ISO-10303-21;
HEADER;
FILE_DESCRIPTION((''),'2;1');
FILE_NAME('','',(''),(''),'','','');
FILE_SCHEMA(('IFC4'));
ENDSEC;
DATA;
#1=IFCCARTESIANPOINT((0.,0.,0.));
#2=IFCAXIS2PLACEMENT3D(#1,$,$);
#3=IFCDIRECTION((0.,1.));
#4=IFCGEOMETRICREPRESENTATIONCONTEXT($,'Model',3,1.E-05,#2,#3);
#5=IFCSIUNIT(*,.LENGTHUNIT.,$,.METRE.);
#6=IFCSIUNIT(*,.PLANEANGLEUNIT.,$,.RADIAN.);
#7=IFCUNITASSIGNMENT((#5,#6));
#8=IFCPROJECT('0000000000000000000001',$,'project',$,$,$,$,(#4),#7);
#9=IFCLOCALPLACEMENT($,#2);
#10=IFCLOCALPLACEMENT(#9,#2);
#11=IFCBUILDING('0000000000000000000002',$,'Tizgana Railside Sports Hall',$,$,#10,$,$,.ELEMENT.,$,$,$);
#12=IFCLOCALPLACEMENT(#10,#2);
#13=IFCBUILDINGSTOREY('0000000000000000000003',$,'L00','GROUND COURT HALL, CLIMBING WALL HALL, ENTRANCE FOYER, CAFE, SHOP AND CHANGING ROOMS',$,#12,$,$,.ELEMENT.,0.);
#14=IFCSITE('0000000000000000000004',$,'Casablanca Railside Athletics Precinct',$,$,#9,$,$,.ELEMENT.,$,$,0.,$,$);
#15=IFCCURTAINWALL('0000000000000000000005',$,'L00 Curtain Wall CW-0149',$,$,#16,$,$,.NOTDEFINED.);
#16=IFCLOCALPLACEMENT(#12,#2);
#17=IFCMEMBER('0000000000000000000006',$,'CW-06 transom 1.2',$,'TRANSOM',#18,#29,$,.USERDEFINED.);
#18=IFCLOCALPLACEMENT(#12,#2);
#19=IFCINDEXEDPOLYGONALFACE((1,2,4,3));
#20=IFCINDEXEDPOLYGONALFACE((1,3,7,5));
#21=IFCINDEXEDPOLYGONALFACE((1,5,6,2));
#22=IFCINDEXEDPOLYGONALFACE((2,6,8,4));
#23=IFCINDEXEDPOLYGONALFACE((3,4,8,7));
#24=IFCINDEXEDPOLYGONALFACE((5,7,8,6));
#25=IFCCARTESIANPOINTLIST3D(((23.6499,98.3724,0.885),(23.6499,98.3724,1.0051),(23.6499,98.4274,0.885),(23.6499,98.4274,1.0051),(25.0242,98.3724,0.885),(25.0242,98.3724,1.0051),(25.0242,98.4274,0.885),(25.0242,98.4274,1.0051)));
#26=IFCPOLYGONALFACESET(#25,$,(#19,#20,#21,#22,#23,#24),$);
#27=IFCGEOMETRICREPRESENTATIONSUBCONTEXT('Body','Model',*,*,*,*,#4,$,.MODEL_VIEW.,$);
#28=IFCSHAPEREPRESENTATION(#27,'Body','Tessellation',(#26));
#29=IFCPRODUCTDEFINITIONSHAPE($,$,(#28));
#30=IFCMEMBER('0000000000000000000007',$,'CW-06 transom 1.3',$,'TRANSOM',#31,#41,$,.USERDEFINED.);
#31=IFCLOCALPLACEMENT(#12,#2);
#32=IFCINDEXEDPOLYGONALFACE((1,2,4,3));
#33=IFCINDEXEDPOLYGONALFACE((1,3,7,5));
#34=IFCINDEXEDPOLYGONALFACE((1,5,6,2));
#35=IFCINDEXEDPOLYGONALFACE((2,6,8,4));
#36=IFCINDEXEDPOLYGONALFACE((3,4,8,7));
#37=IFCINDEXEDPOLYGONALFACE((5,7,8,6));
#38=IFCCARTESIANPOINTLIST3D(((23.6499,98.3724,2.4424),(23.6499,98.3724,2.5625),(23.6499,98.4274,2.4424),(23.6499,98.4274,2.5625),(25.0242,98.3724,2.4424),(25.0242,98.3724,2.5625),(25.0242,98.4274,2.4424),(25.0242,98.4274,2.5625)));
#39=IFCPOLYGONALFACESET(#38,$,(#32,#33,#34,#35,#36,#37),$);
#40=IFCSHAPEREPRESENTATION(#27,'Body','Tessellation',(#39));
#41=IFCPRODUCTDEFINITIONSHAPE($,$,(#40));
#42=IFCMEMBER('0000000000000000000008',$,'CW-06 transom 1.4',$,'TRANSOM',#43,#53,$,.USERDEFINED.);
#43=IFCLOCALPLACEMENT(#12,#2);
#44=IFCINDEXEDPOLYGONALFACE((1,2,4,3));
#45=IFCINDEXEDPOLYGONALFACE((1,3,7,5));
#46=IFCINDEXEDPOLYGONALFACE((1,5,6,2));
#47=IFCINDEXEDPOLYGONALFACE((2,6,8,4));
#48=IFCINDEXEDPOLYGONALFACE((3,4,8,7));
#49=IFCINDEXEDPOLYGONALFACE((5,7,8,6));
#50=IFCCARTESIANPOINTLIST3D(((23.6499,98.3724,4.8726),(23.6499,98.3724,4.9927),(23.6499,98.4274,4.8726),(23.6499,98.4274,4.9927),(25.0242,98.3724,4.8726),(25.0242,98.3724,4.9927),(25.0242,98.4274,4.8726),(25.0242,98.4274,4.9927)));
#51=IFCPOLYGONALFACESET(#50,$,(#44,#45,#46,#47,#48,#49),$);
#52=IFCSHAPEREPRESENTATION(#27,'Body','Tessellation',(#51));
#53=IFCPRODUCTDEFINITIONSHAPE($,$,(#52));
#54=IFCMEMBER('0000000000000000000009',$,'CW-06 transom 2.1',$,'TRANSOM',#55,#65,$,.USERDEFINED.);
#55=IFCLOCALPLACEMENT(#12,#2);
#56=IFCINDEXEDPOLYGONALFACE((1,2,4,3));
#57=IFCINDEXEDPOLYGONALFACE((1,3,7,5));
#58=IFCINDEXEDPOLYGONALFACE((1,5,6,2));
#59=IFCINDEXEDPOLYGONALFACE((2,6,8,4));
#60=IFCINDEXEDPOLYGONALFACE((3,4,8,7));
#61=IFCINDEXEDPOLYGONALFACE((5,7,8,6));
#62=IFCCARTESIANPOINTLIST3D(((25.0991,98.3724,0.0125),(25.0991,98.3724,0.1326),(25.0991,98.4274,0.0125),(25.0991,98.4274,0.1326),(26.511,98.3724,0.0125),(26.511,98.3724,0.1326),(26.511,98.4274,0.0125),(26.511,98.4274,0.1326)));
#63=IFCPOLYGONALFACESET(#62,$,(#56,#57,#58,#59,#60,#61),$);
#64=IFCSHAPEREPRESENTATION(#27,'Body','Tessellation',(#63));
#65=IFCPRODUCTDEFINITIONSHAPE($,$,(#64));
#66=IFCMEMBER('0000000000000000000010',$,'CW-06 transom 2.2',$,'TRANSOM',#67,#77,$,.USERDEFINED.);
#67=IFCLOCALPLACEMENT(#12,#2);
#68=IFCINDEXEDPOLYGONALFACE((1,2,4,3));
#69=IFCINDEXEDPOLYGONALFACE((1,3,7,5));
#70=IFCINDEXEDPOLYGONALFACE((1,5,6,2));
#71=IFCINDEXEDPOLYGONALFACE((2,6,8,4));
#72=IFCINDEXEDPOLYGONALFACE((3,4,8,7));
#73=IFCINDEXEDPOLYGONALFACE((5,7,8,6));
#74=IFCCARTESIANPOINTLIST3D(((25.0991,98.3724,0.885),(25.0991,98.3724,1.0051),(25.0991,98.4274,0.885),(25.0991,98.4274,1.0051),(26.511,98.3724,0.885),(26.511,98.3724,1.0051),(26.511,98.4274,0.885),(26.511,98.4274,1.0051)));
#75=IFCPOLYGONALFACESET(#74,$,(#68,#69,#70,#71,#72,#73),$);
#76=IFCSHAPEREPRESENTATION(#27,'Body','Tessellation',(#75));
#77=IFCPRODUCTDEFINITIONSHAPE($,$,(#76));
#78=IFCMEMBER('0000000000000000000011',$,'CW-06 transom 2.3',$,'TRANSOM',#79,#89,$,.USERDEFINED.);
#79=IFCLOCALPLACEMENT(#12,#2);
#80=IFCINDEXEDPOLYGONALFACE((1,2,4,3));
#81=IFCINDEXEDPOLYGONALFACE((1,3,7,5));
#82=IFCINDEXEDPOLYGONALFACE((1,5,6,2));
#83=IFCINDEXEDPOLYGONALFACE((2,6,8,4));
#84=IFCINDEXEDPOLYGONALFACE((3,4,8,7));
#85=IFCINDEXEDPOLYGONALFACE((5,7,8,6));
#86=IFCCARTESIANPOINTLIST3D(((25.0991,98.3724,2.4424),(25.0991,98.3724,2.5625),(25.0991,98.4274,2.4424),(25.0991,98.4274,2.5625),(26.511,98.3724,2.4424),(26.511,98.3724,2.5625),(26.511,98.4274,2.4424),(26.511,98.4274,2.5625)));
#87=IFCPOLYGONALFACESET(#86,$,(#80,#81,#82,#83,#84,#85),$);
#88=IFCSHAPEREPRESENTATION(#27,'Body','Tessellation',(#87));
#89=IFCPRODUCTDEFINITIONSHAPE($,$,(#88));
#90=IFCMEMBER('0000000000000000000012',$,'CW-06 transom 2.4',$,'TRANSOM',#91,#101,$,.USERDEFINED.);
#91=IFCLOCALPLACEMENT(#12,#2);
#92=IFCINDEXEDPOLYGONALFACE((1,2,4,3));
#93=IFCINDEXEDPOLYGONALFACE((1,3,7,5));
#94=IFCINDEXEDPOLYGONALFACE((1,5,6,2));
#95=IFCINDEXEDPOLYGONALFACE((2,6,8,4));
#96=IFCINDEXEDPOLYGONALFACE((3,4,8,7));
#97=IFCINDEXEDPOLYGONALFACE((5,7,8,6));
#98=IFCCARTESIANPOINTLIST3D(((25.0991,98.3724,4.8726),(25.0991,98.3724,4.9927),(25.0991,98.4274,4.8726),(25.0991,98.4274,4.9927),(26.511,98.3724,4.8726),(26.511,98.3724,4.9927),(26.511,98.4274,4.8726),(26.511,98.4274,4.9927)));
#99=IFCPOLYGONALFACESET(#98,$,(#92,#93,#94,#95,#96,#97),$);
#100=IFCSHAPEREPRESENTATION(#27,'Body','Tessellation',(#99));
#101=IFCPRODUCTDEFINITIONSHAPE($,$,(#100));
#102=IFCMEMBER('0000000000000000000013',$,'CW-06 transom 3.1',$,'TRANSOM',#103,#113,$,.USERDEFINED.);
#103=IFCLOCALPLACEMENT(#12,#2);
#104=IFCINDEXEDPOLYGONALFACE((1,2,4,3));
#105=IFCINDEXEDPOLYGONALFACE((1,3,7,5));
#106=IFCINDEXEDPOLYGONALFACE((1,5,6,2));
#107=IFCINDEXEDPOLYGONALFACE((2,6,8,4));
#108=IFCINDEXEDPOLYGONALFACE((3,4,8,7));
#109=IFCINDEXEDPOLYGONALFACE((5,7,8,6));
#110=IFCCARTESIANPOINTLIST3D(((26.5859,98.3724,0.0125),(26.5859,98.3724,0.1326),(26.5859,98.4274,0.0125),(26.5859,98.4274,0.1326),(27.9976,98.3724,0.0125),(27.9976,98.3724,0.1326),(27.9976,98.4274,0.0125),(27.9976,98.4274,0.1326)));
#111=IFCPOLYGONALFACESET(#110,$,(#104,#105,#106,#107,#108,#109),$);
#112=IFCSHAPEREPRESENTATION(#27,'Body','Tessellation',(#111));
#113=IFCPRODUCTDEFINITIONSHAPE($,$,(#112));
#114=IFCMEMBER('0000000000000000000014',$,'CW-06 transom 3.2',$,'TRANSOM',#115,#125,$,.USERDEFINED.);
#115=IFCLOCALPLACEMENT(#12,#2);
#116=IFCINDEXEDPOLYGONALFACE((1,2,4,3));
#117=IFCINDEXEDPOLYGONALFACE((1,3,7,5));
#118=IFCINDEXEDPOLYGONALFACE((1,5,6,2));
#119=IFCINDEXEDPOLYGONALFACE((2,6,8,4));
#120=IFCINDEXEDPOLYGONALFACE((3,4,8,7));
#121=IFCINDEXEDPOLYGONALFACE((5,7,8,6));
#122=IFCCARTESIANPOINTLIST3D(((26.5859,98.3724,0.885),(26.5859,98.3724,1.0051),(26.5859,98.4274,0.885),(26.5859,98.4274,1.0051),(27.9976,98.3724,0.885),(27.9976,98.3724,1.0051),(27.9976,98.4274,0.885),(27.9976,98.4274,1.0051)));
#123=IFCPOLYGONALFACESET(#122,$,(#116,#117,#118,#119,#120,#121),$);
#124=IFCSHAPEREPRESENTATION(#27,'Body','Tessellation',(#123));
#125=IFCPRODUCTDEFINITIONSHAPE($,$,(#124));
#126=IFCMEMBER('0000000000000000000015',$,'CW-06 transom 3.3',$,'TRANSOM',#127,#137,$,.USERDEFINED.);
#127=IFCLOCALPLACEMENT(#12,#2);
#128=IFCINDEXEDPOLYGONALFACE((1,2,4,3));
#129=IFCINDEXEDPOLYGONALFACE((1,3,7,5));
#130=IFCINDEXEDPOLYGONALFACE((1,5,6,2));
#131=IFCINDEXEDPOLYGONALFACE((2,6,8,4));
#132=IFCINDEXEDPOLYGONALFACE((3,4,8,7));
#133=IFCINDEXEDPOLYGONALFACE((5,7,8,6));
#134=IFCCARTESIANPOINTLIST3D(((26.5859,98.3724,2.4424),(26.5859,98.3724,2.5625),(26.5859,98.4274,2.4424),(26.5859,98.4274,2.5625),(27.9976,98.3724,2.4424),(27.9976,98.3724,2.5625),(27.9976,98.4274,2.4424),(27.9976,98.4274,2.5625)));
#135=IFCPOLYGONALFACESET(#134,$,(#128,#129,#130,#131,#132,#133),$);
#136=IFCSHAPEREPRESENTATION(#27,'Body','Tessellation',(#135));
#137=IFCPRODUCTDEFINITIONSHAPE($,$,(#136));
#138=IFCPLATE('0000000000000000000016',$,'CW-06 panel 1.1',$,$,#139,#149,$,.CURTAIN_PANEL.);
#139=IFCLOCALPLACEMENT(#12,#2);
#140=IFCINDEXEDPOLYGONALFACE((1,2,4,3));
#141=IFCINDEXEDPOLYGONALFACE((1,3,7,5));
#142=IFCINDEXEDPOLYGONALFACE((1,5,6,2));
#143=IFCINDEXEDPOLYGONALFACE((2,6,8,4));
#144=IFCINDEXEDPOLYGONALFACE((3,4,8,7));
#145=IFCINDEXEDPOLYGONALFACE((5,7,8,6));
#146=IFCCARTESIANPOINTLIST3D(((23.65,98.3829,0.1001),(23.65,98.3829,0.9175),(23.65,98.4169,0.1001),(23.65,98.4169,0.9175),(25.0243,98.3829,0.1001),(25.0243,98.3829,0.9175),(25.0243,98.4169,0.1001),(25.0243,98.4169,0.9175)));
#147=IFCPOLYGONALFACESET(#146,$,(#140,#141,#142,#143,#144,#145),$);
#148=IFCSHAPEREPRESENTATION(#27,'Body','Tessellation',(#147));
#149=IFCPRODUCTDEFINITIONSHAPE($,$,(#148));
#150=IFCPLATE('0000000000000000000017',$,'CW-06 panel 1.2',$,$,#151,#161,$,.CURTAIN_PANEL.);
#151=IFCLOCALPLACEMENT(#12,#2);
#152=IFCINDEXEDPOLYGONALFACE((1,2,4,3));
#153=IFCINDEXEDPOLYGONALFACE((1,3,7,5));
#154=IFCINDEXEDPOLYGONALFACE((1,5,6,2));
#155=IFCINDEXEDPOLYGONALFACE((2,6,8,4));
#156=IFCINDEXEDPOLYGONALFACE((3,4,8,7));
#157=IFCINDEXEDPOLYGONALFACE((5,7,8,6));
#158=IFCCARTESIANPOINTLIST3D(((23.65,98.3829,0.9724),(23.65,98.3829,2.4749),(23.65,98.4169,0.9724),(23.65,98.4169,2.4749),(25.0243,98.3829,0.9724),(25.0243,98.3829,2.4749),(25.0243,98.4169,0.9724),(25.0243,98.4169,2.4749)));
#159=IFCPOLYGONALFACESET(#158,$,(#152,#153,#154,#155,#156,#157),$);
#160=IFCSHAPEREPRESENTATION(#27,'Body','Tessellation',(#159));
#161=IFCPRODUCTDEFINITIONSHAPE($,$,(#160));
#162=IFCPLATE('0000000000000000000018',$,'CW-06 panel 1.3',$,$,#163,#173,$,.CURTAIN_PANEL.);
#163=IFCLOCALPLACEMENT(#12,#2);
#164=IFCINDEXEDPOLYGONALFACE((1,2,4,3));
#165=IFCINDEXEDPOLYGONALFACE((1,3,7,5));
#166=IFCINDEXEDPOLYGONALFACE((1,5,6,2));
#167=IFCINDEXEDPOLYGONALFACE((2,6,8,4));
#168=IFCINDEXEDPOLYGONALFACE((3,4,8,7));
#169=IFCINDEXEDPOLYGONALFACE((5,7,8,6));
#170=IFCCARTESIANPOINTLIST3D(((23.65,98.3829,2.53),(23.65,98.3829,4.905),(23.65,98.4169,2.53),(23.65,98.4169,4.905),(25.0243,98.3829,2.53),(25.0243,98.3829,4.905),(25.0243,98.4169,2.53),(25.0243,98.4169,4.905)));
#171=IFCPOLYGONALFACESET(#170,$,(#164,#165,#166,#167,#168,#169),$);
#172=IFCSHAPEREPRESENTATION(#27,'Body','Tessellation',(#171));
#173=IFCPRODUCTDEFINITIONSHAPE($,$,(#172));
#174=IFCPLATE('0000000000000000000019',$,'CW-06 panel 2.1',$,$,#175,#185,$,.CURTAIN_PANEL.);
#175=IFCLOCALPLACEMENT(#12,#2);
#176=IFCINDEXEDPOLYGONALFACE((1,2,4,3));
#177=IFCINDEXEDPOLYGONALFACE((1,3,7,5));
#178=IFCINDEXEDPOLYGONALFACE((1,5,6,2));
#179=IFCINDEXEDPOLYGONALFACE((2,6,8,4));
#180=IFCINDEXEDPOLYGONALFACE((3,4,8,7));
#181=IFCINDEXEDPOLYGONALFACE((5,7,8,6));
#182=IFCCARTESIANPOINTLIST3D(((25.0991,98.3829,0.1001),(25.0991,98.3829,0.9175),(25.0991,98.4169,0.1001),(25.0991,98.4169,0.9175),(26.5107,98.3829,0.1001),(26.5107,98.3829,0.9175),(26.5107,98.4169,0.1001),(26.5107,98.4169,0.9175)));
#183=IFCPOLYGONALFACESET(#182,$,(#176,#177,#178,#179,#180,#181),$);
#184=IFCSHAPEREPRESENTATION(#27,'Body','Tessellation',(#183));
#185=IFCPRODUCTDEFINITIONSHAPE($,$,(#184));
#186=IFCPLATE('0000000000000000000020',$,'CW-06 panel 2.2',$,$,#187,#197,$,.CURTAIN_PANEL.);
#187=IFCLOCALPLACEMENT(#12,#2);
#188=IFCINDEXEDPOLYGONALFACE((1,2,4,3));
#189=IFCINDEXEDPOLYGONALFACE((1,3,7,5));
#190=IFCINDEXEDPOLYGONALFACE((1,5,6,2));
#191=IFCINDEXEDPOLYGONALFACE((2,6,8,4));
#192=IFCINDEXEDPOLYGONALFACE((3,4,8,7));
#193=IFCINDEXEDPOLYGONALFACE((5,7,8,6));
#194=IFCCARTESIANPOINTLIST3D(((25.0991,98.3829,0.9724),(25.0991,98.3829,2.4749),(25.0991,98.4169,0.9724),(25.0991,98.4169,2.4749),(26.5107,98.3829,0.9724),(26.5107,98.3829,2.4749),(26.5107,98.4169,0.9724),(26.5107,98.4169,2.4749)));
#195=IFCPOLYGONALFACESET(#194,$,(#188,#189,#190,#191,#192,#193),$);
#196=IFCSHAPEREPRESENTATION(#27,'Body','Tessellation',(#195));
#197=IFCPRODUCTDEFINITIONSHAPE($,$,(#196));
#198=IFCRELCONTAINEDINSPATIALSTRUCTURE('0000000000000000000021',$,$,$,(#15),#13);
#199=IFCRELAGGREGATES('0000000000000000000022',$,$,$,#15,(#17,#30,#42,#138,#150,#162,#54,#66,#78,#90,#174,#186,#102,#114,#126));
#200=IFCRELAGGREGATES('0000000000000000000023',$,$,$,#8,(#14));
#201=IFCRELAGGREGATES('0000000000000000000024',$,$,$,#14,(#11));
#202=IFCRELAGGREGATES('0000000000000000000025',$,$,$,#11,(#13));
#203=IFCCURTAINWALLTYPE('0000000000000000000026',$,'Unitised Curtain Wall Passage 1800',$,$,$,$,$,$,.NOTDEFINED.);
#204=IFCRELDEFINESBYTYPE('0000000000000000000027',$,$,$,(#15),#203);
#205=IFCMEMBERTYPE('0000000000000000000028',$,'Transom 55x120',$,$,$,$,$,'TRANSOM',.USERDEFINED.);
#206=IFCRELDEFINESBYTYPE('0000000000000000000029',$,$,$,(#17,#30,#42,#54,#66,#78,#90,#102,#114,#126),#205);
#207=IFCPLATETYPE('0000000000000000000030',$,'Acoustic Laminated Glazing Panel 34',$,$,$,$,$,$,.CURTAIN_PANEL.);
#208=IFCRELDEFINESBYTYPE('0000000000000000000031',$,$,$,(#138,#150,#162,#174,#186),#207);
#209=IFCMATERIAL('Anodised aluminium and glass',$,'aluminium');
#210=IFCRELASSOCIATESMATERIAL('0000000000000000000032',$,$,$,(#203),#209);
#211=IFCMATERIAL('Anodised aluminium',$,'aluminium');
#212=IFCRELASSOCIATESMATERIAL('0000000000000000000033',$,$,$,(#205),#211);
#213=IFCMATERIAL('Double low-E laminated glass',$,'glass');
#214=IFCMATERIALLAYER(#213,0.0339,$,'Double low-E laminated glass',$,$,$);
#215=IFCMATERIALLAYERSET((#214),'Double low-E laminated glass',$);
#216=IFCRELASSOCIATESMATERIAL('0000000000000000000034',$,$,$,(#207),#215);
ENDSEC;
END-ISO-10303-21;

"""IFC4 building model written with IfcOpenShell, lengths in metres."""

from ifc_helpers import new_model, si_unit, direction, frame, origin, origin_2d, place, context, subcontext, project, spatial, rectangle, extrude, material, layer, layer_set, material_profile, profile_set, type_object, element, aggregate, save


model = new_model("IFC4")

# Units and contexts
model_context = context("Model", 3, precision=1e-05, world=origin(), true_north=direction((0.0, 1.0)))
body_context = subcontext(model_context, "Body", "Model", "MODEL_VIEW")
ifc_project = project(units=[si_unit("LENGTHUNIT", "METRE"), si_unit("PLANEANGLEUNIT", "RADIAN")], contexts=[model_context])

# Site, building, storey
site_placement = place(None, origin())
site = spatial("IfcSite", under=ifc_project, at=site_placement, Name="Casablanca Railside Athletics Precinct", CompositionType="ELEMENT", RefElevation=0.0)
building_placement = place(site_placement, origin())
building = spatial("IfcBuilding", under=site, at=building_placement, Name="Tizgana Railside Sports Hall", CompositionType="ELEMENT")
storey_placement = place(building_placement, origin())
storey = spatial("IfcBuildingStorey", under=building, at=storey_placement, Name="L00", Description="GROUND COURT HALL, CLIMBING WALL HALL, ENTRANCE FOYER, CAFE, SHOP AND CHANGING ROOMS", CompositionType="ELEMENT", Elevation=0.0)

# Shared definitions
ifc_material_1 = material(Name="Anodised aluminium and glass", Category="aluminium")
ifc_material_2 = material(Name="Anodised aluminium", Category="aluminium")

# Curtain wall
curtain_wall_type_1 = type_object("IfcCurtainWallType", Name="Unitised Curtain Wall Passage 1800", PredefinedType="NOTDEFINED", material=ifc_material_1)
curtain_wall_1_placement = place(storey_placement, origin())
curtain_wall_1 = element("IfcCurtainWall", 1, at=curtain_wall_1_placement, inside=storey, type_object=curtain_wall_type_1, Name="L00 Curtain Wall CW-0149", PredefinedType="NOTDEFINED")

# Members
ifc_material_profile_1 = material_profile(ifc_material_2, rectangle(XDim=0.0549, YDim=0.1201, at=origin_2d()), Name="Transom 55x120")
ifc_profile_set_1 = profile_set([ifc_material_profile_1], Name="Anodised aluminium")
member_type_1 = type_object("IfcMemberType", Name="Transom 55x120", ElementType="TRANSOM", PredefinedType="USERDEFINED", material=ifc_profile_set_1)
member_1_placement = place(storey_placement, frame((23.6499, 98.3999, 0.9451), z_axis=(1.0, 0.0, 0.0), x_axis=(0.0, 1.0, 0.0)))
member_1 = element("IfcMember", 2, at=member_1_placement, type_object=member_type_1, Name="CW-06 transom 1.2", ObjectType="TRANSOM", PredefinedType="USERDEFINED", context=body_context, shape_type="SweptSolid", body=[
    extrude(rectangle(XDim=0.0549, YDim=0.1201, at=origin_2d()), origin(), (0.0, 0.0, 1.0), 1.3743),
])
member_2_placement = place(storey_placement, frame((23.6499, 98.3999, 2.5024), z_axis=(1.0, 0.0, 0.0), x_axis=(0.0, 1.0, 0.0)))
member_2 = element("IfcMember", 3, at=member_2_placement, type_object=member_type_1, Name="CW-06 transom 1.3", ObjectType="TRANSOM", PredefinedType="USERDEFINED", context=body_context, shape_type="SweptSolid", body=[
    extrude(rectangle(XDim=0.0549, YDim=0.1201, at=origin_2d()), origin(), (0.0, 0.0, 1.0), 1.3743),
])
member_3_placement = place(storey_placement, frame((23.6499, 98.3999, 4.9326), z_axis=(1.0, 0.0, 0.0), x_axis=(0.0, 1.0, 0.0)))
member_3 = element("IfcMember", 4, at=member_3_placement, type_object=member_type_1, Name="CW-06 transom 1.4", ObjectType="TRANSOM", PredefinedType="USERDEFINED", context=body_context, shape_type="SweptSolid", body=[
    extrude(rectangle(XDim=0.0549, YDim=0.1201, at=origin_2d()), origin(), (0.0, 0.0, 1.0), 1.3743),
])
member_4_placement = place(storey_placement, frame((25.0991, 98.3999, 0.0725), z_axis=(1.0, 0.0, 0.0), x_axis=(0.0, 1.0, 0.0)))
member_4 = element("IfcMember", 5, at=member_4_placement, type_object=member_type_1, Name="CW-06 transom 2.1", ObjectType="TRANSOM", PredefinedType="USERDEFINED", context=body_context, shape_type="SweptSolid", body=[
    extrude(rectangle(XDim=0.0549, YDim=0.1201, at=origin_2d()), origin(), (0.0, 0.0, 1.0), 1.4119),
])
member_5_placement = place(storey_placement, frame((25.0991, 98.3999, 0.9451), z_axis=(1.0, 0.0, 0.0), x_axis=(0.0, 1.0, 0.0)))
member_5 = element("IfcMember", 6, at=member_5_placement, type_object=member_type_1, Name="CW-06 transom 2.2", ObjectType="TRANSOM", PredefinedType="USERDEFINED", context=body_context, shape_type="SweptSolid", body=[
    extrude(rectangle(XDim=0.0549, YDim=0.1201, at=origin_2d()), origin(), (0.0, 0.0, 1.0), 1.4119),
])
member_6_placement = place(storey_placement, frame((25.0991, 98.3999, 2.5024), z_axis=(1.0, 0.0, 0.0), x_axis=(0.0, 1.0, 0.0)))
member_6 = element("IfcMember", 7, at=member_6_placement, type_object=member_type_1, Name="CW-06 transom 2.3", ObjectType="TRANSOM", PredefinedType="USERDEFINED", context=body_context, shape_type="SweptSolid", body=[
    extrude(rectangle(XDim=0.0549, YDim=0.1201, at=origin_2d()), origin(), (0.0, 0.0, 1.0), 1.4119),
])
member_7_placement = place(storey_placement, frame((25.0991, 98.3999, 4.9326), z_axis=(1.0, 0.0, 0.0), x_axis=(0.0, 1.0, 0.0)))
member_7 = element("IfcMember", 8, at=member_7_placement, type_object=member_type_1, Name="CW-06 transom 2.4", ObjectType="TRANSOM", PredefinedType="USERDEFINED", context=body_context, shape_type="SweptSolid", body=[
    extrude(rectangle(XDim=0.0549, YDim=0.1201, at=origin_2d()), origin(), (0.0, 0.0, 1.0), 1.4119),
])
member_8_placement = place(storey_placement, frame((26.5859, 98.3999, 0.0725), z_axis=(1.0, 0.0, 0.0), x_axis=(0.0, 1.0, 0.0)))
member_8 = element("IfcMember", 9, at=member_8_placement, type_object=member_type_1, Name="CW-06 transom 3.1", ObjectType="TRANSOM", PredefinedType="USERDEFINED", context=body_context, shape_type="SweptSolid", body=[
    extrude(rectangle(XDim=0.0549, YDim=0.1201, at=origin_2d()), origin(), (0.0, 0.0, 1.0), 1.4116),
])
member_9_placement = place(storey_placement, frame((26.5859, 98.3999, 0.9451), z_axis=(1.0, 0.0, 0.0), x_axis=(0.0, 1.0, 0.0)))
member_9 = element("IfcMember", 10, at=member_9_placement, type_object=member_type_1, Name="CW-06 transom 3.2", ObjectType="TRANSOM", PredefinedType="USERDEFINED", context=body_context, shape_type="SweptSolid", body=[
    extrude(rectangle(XDim=0.0549, YDim=0.1201, at=origin_2d()), origin(), (0.0, 0.0, 1.0), 1.4116),
])
member_10_placement = place(storey_placement, frame((26.5859, 98.3999, 2.5024), z_axis=(1.0, 0.0, 0.0), x_axis=(0.0, 1.0, 0.0)))
member_10 = element("IfcMember", 11, at=member_10_placement, type_object=member_type_1, Name="CW-06 transom 3.3", ObjectType="TRANSOM", PredefinedType="USERDEFINED", context=body_context, shape_type="SweptSolid", body=[
    extrude(rectangle(XDim=0.0549, YDim=0.1201, at=origin_2d()), origin(), (0.0, 0.0, 1.0), 1.4116),
])

# Plates
ifc_material_3 = material(Name="Double low-E laminated glass", Category="glass")
ifc_layer_1 = layer(ifc_material_3, 0.0339, Name="Double low-E laminated glass")
ifc_layer_set_1 = layer_set([ifc_layer_1], Name="Double low-E laminated glass")
plate_type_1 = type_object("IfcPlateType", Name="Acoustic Laminated Glazing Panel 34", PredefinedType="CURTAIN_PANEL", material=ifc_layer_set_1)
plate_1_placement = place(storey_placement, frame((24.3372, 98.3999, 0.1001), z_axis=(0.0, 0.0, 1.0), x_axis=(1.0, 0.0, 0.0)))
plate_1 = element("IfcPlate", 12, at=plate_1_placement, type_object=plate_type_1, Name="CW-06 panel 1.1", PredefinedType="CURTAIN_PANEL", context=body_context, shape_type="SweptSolid", body=[
    extrude(rectangle(XDim=1.3743, YDim=0.0339, at=origin_2d()), origin(), (0.0, 0.0, 1.0), 0.8174),
])
plate_2_placement = place(storey_placement, frame((24.3372, 98.3999, 0.9724), z_axis=(0.0, 0.0, 1.0), x_axis=(1.0, 0.0, 0.0)))
plate_2 = element("IfcPlate", 13, at=plate_2_placement, type_object=plate_type_1, Name="CW-06 panel 1.2", PredefinedType="CURTAIN_PANEL", context=body_context, shape_type="SweptSolid", body=[
    extrude(rectangle(XDim=1.3743, YDim=0.0339, at=origin_2d()), origin(), (0.0, 0.0, 1.0), 1.5024),
])
plate_3_placement = place(storey_placement, frame((24.3372, 98.3999, 2.53), z_axis=(0.0, 0.0, 1.0), x_axis=(1.0, 0.0, 0.0)))
plate_3 = element("IfcPlate", 14, at=plate_3_placement, type_object=plate_type_1, Name="CW-06 panel 1.3", PredefinedType="CURTAIN_PANEL", context=body_context, shape_type="SweptSolid", body=[
    extrude(rectangle(XDim=1.3743, YDim=0.0339, at=origin_2d()), origin(), (0.0, 0.0, 1.0), 2.375),
])
plate_4_placement = place(storey_placement, frame((25.8049, 98.3999, 0.1001), z_axis=(0.0, 0.0, 1.0), x_axis=(1.0, 0.0, 0.0)))
plate_4 = element("IfcPlate", 15, at=plate_4_placement, type_object=plate_type_1, Name="CW-06 panel 2.1", PredefinedType="CURTAIN_PANEL", context=body_context, shape_type="SweptSolid", body=[
    extrude(rectangle(XDim=1.4116, YDim=0.0339, at=origin_2d()), origin(), (0.0, 0.0, 1.0), 0.8174),
])
plate_5_placement = place(storey_placement, frame((25.8049, 98.3999, 0.9724), z_axis=(0.0, 0.0, 1.0), x_axis=(1.0, 0.0, 0.0)))
plate_5 = element("IfcPlate", 16, at=plate_5_placement, type_object=plate_type_1, Name="CW-06 panel 2.2", PredefinedType="CURTAIN_PANEL", context=body_context, shape_type="SweptSolid", body=[
    extrude(rectangle(XDim=1.4116, YDim=0.0339, at=origin_2d()), origin(), (0.0, 0.0, 1.0), 1.5024),
])
aggregate(curtain_wall_1, [member_1, member_2, member_3, plate_1, plate_2, plate_3, member_4, member_5, member_6, member_7, plate_4, plate_5, member_8, member_9, member_10])

save(model, "model.ifc")
